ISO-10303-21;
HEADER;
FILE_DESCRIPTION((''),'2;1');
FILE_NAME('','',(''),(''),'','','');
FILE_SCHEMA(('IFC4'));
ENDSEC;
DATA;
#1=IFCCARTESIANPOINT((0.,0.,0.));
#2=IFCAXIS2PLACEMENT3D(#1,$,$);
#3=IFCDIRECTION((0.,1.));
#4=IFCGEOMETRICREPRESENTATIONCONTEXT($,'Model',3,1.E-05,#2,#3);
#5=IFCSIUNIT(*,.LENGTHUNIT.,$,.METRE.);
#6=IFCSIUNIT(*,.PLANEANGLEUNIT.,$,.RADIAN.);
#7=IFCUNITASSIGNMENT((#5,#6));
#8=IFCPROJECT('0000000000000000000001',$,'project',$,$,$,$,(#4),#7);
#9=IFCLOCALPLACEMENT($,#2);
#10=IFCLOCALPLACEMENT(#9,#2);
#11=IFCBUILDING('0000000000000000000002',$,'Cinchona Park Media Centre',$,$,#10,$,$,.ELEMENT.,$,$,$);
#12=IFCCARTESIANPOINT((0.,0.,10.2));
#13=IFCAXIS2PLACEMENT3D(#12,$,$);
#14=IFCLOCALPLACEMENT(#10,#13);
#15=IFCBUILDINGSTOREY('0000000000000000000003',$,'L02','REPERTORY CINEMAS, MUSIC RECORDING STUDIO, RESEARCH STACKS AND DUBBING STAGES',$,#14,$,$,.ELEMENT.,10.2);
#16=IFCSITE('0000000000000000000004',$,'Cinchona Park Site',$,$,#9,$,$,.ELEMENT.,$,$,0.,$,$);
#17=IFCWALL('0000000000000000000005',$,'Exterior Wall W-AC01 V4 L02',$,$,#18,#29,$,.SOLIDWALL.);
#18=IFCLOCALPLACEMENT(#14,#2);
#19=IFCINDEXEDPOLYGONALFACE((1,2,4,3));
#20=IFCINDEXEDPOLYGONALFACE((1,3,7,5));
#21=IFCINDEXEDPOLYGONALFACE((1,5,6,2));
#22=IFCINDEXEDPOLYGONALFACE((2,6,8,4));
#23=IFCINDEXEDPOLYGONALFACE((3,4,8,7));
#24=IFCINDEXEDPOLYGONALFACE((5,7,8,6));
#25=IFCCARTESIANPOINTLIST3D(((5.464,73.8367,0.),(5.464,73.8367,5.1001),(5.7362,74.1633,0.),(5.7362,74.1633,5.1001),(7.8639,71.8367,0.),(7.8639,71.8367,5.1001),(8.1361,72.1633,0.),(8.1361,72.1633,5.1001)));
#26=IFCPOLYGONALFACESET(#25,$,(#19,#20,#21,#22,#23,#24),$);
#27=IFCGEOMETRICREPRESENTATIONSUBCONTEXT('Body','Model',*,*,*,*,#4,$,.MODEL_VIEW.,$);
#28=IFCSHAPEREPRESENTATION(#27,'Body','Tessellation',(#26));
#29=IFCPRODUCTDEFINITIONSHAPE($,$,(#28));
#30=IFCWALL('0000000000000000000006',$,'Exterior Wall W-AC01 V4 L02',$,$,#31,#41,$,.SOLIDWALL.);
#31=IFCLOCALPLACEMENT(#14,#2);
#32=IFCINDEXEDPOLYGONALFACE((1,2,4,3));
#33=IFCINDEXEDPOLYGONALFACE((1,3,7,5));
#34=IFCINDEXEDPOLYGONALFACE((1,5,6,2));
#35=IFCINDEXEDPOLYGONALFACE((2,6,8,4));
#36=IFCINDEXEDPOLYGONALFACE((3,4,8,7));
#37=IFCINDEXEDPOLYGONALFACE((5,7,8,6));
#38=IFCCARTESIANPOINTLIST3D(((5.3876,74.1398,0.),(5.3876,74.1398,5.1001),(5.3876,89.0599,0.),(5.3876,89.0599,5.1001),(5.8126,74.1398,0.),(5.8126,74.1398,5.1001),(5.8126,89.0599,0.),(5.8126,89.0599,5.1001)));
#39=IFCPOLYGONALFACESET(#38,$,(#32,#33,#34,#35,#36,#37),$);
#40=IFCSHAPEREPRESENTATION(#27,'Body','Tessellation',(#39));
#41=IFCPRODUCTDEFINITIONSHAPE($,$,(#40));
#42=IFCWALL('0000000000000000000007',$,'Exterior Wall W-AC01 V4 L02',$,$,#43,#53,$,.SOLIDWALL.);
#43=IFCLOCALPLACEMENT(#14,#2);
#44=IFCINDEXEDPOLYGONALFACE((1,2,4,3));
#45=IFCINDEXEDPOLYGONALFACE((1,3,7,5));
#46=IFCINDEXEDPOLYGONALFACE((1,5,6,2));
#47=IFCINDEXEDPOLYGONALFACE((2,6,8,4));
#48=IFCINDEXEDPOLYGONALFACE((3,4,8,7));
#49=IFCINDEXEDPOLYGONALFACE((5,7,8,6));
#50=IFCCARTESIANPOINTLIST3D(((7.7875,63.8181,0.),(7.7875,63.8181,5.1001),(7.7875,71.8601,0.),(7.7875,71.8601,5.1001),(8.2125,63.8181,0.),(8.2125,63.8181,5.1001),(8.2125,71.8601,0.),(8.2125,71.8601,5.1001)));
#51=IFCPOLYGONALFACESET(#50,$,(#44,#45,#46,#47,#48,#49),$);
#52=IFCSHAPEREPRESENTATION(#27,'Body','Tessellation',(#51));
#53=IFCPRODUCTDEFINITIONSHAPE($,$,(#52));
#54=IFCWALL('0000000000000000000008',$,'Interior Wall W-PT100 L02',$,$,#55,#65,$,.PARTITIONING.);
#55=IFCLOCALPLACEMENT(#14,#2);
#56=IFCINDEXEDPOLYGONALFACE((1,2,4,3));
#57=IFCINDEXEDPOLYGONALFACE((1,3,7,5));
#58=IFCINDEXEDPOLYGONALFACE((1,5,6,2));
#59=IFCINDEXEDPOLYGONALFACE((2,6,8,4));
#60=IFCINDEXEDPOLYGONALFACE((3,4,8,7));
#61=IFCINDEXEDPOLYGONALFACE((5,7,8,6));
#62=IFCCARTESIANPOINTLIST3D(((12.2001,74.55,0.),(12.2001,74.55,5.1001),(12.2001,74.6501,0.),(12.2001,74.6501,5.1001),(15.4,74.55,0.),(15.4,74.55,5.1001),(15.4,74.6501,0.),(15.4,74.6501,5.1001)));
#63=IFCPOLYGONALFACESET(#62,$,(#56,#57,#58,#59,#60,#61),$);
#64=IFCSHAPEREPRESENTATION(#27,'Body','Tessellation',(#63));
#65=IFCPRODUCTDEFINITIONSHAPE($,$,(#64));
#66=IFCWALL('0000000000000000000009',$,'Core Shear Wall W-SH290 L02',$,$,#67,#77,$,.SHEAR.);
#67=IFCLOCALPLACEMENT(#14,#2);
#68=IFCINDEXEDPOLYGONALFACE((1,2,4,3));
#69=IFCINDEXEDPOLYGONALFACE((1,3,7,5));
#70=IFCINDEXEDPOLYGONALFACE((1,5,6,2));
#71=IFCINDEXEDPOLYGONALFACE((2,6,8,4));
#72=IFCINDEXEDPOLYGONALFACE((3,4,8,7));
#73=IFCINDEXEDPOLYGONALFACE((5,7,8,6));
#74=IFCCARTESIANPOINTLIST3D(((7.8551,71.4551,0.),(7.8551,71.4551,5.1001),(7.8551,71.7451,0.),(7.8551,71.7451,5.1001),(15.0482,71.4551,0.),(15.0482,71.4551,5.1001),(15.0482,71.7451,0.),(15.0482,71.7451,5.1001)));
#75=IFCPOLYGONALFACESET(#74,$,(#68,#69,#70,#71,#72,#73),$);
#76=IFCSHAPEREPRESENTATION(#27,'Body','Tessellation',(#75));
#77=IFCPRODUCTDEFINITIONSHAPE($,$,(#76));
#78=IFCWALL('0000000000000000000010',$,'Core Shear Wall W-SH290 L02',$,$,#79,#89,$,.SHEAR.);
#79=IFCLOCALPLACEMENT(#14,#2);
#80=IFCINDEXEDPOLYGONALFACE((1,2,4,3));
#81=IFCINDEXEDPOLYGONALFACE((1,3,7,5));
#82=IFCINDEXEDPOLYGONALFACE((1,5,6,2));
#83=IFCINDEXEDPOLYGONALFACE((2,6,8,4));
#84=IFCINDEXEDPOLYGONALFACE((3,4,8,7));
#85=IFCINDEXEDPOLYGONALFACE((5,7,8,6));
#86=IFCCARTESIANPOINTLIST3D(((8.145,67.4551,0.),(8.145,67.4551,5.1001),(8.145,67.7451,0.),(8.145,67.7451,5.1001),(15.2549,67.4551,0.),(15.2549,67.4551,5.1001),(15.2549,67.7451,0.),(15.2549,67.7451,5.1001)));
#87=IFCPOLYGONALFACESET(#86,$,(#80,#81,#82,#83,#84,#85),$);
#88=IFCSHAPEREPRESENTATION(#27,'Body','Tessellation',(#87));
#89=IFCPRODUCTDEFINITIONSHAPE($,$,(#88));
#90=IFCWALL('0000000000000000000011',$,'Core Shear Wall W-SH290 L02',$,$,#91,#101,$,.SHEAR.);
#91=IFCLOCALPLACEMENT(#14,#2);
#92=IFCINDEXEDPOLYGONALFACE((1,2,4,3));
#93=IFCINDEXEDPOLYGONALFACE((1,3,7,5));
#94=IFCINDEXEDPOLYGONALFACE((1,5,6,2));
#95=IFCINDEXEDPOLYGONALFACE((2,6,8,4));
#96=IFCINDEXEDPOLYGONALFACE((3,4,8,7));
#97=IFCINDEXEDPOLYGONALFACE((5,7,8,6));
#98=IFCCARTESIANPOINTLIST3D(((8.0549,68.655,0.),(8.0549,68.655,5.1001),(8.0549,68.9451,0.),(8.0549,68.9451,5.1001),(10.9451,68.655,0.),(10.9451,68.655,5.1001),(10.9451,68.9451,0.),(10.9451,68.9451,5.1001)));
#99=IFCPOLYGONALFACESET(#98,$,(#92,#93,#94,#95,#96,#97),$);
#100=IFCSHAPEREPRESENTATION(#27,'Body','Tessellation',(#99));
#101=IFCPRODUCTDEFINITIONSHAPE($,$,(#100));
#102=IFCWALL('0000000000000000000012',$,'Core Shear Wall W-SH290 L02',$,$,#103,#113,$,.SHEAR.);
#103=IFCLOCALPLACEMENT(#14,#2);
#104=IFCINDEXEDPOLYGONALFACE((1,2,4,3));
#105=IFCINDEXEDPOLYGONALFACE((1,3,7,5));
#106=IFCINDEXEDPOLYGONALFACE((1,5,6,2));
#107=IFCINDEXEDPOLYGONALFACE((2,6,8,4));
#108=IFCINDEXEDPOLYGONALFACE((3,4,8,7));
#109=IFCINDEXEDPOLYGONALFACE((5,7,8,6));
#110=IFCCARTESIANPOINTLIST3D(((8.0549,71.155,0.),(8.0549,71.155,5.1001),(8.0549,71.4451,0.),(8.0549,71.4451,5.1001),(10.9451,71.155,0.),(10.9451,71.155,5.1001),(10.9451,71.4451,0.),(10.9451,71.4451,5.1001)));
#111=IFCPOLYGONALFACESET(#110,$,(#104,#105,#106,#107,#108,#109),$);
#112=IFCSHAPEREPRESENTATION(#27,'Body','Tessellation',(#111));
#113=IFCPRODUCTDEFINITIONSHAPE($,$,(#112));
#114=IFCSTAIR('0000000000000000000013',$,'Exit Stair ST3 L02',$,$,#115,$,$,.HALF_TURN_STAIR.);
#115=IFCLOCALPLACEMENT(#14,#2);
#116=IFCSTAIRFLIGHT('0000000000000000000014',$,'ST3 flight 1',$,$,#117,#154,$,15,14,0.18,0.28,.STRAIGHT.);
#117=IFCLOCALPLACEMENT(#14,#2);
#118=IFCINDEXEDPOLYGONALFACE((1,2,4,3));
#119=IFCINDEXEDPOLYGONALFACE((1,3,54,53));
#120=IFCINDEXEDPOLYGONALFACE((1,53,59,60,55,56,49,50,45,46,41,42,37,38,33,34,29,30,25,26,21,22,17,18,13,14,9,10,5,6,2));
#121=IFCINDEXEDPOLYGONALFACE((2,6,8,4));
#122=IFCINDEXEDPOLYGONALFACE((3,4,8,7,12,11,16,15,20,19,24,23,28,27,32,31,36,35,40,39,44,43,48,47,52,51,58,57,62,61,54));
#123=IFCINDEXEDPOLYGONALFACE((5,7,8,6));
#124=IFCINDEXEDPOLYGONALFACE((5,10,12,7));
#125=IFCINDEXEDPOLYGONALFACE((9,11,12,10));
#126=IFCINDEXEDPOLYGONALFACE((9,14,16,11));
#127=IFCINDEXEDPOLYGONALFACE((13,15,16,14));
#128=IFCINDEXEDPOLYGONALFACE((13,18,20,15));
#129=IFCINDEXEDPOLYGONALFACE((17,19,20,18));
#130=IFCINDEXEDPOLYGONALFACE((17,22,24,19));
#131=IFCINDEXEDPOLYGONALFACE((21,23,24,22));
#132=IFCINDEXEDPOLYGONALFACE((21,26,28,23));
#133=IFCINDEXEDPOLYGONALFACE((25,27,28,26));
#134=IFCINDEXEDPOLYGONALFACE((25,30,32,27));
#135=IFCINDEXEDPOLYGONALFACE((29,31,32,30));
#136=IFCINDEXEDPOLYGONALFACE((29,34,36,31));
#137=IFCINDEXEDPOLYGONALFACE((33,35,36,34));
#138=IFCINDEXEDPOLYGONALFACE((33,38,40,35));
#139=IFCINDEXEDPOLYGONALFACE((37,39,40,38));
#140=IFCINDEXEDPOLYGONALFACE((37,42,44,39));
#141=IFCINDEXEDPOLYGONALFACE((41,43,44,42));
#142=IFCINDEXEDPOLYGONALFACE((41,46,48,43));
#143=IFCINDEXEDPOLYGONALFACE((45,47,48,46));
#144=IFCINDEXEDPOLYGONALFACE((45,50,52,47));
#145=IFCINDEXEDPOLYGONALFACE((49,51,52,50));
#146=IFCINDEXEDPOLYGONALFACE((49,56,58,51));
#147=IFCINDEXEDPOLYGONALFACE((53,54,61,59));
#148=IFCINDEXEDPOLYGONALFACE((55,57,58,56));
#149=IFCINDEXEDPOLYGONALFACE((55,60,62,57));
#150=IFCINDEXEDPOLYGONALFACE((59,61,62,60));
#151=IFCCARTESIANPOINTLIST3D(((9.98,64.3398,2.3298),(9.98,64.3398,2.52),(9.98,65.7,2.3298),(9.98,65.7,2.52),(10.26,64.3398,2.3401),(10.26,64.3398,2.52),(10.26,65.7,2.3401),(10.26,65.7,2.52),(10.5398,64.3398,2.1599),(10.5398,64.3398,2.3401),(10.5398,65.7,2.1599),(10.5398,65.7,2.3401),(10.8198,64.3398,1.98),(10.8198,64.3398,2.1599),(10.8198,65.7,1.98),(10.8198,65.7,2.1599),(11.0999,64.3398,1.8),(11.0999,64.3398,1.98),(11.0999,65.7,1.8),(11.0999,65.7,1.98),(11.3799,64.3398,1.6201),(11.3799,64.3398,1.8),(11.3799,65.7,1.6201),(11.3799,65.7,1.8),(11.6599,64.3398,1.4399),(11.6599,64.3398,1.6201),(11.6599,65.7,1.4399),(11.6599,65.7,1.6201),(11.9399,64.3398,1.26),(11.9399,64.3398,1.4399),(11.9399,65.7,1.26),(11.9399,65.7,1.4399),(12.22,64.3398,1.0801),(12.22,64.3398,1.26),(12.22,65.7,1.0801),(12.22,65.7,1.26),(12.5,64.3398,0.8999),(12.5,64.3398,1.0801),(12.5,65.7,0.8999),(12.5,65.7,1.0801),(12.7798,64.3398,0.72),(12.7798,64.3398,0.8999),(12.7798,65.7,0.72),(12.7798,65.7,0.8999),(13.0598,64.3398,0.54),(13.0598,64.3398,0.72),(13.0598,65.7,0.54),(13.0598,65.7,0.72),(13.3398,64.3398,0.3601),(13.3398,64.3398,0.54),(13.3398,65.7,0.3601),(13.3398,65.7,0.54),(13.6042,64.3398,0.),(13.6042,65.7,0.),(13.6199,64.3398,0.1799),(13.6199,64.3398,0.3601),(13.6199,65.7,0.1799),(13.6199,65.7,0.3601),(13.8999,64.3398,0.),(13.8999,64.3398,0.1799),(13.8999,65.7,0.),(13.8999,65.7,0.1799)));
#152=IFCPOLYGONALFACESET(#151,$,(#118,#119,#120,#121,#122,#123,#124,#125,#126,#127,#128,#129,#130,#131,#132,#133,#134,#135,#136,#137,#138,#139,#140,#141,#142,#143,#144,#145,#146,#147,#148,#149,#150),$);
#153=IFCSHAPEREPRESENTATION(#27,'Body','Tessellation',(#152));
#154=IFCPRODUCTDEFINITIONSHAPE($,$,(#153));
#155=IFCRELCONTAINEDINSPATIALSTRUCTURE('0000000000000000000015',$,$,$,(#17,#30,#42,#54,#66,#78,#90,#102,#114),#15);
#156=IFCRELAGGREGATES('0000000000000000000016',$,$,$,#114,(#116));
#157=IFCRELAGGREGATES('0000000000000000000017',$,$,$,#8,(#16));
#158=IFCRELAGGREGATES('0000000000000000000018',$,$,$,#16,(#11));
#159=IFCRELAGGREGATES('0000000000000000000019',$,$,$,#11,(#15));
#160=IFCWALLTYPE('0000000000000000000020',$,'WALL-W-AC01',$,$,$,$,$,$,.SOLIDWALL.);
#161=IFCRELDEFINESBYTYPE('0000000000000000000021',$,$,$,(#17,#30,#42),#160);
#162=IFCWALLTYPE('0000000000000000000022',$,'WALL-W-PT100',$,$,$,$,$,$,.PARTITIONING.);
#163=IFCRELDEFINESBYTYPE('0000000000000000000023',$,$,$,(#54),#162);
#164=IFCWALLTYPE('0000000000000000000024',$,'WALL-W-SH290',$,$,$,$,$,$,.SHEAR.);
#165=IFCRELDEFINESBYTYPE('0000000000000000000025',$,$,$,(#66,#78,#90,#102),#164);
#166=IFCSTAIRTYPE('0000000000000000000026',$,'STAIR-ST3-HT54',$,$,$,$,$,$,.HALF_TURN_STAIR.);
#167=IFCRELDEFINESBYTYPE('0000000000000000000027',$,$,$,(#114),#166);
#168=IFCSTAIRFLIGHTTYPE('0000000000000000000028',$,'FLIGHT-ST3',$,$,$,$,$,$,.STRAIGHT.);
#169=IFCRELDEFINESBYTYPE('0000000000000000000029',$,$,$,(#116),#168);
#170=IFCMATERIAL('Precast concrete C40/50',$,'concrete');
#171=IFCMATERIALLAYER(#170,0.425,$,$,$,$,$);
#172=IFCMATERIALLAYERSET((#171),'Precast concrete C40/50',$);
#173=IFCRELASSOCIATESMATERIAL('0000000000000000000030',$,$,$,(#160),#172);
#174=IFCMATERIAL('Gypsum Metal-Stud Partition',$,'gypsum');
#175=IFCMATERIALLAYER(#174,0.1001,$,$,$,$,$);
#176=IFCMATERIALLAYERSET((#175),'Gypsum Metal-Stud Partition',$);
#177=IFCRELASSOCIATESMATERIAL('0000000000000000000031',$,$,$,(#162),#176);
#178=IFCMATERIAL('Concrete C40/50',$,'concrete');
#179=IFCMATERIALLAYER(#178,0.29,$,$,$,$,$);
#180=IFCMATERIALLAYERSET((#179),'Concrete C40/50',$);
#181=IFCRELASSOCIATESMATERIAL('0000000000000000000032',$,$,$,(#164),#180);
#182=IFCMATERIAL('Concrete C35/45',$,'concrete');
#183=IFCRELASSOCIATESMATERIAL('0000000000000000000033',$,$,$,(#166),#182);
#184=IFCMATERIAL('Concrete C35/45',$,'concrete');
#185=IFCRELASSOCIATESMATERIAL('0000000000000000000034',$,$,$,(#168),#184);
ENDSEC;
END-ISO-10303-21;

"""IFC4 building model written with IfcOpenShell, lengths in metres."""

from ifc_helpers import new_model, si_unit, direction, frame, frame_2d, origin, place, context, subcontext, project, spatial, polyline, rectangle, outline, extrude, material, layer, layer_set, type_object, element, aggregate, save


model = new_model("IFC4")

# Units and contexts
model_context = context("Model", 3, precision=1e-05, world=origin(), true_north=direction((0.0, 1.0)))
body_context = subcontext(model_context, "Body", "Model", "MODEL_VIEW")
ifc_project = project(units=[si_unit("LENGTHUNIT", "METRE"), si_unit("PLANEANGLEUNIT", "RADIAN")], contexts=[model_context])

# Site, building, storey
site_placement = place(None, origin())
site = spatial("IfcSite", under=ifc_project, at=site_placement, Name="Cinchona Park Site", CompositionType="ELEMENT", RefElevation=0.0)
building_placement = place(site_placement, origin())
building = spatial("IfcBuilding", under=site, at=building_placement, Name="Cinchona Park Media Centre", CompositionType="ELEMENT")
storey_placement = place(building_placement, frame((0.0, 0.0, 10.2)))
storey = spatial("IfcBuildingStorey", under=building, at=storey_placement, Name="L02", Description="REPERTORY CINEMAS, MUSIC RECORDING STUDIO, RESEARCH STACKS AND DUBBING STAGES", CompositionType="ELEMENT", Elevation=10.2)

# Walls
ifc_material_1 = material(Name="Precast concrete C40/50", Category="concrete")
ifc_layer_1 = layer(ifc_material_1, 0.425)
ifc_layer_set_1 = layer_set([ifc_layer_1], Name="Precast concrete C40/50")
wall_type_1 = type_object("IfcWallType", Name="WALL-W-AC01", PredefinedType="SOLIDWALL", material=ifc_layer_set_1)
wall_1_placement = place(storey_placement, frame((8.0, 72.0, 0.0), z_axis=(0.0, 0.0, 1.0), x_axis=(-0.768208, 0.6402, 0.0)))
element("IfcWall", 1, at=wall_1_placement, inside=storey, type_object=wall_type_1, Name="Exterior Wall W-AC01 V4 L02", PredefinedType="SOLIDWALL", context=body_context, shape_type="SweptSolid", body=[
    extrude(rectangle(XDim=3.124, YDim=0.425, at=frame_2d((1.562, 0.0))), origin(), (0.0, 0.0, 1.0), 5.1001),
])
wall_2_placement = place(storey_placement, frame((5.6001, 74.1399, 0.0), z_axis=(0.0, 0.0, 1.0), x_axis=(0.0, 1.0, 0.0)))
element("IfcWall", 2, at=wall_2_placement, inside=storey, type_object=wall_type_1, Name="Exterior Wall W-AC01 V4 L02", PredefinedType="SOLIDWALL", context=body_context, shape_type="SweptSolid", body=[
    extrude(rectangle(XDim=14.9202, YDim=0.425, at=frame_2d((7.46, 0.0))), origin(), (0.0, 0.0, 1.0), 5.1001),
])
wall_3_placement = place(storey_placement, frame((8.0, 63.8181, 0.0), z_axis=(0.0, 0.0, 1.0), x_axis=(0.0, 1.0, 0.0)))
element("IfcWall", 3, at=wall_3_placement, inside=storey, type_object=wall_type_1, Name="Exterior Wall W-AC01 V4 L02", PredefinedType="SOLIDWALL", context=body_context, shape_type="SweptSolid", body=[
    extrude(rectangle(XDim=8.042, YDim=0.425, at=frame_2d((4.021, 0.0))), origin(), (0.0, 0.0, 1.0), 5.1001),
])
ifc_material_2 = material(Name="Gypsum Metal-Stud Partition", Category="gypsum")
ifc_layer_2 = layer(ifc_material_2, 0.1001)
ifc_layer_set_2 = layer_set([ifc_layer_2], Name="Gypsum Metal-Stud Partition")
wall_type_2 = type_object("IfcWallType", Name="WALL-W-PT100", PredefinedType="PARTITIONING", material=ifc_layer_set_2)
wall_4_placement = place(storey_placement, frame((12.2, 74.6001, 0.0), z_axis=(0.0, 0.0, 1.0), x_axis=(1.0, 0.0, 0.0)))
element("IfcWall", 4, at=wall_4_placement, inside=storey, type_object=wall_type_2, Name="Interior Wall W-PT100 L02", PredefinedType="PARTITIONING", context=body_context, shape_type="SweptSolid", body=[
    extrude(rectangle(XDim=3.2, YDim=0.1001, at=frame_2d((1.6001, 0.0))), origin(), (0.0, 0.0, 1.0), 5.1001),
])
ifc_material_3 = material(Name="Concrete C40/50", Category="concrete")
ifc_layer_3 = layer(ifc_material_3, 0.29)
ifc_layer_set_3 = layer_set([ifc_layer_3], Name="Concrete C40/50")
wall_type_3 = type_object("IfcWallType", Name="WALL-W-SH290", PredefinedType="SHEAR", material=ifc_layer_set_3)
wall_5_placement = place(storey_placement, frame((7.855, 71.6001, 0.0), z_axis=(0.0, 0.0, 1.0), x_axis=(1.0, 0.0, 0.0)))
element("IfcWall", 5, at=wall_5_placement, inside=storey, type_object=wall_type_3, Name="Core Shear Wall W-SH290 L02", PredefinedType="SHEAR", context=body_context, shape_type="SweptSolid", body=[
    extrude(rectangle(XDim=7.1931, YDim=0.29, at=frame_2d((3.5967, 0.0))), origin(), (0.0, 0.0, 1.0), 5.1001),
])
wall_6_placement = place(storey_placement, frame((8.145, 67.6001, 0.0), z_axis=(0.0, 0.0, 1.0), x_axis=(1.0, 0.0, 0.0)))
element("IfcWall", 6, at=wall_6_placement, inside=storey, type_object=wall_type_3, Name="Core Shear Wall W-SH290 L02", PredefinedType="SHEAR", context=body_context, shape_type="SweptSolid", body=[
    extrude(rectangle(XDim=7.1099, YDim=0.29, at=frame_2d((3.5549, 0.0))), origin(), (0.0, 0.0, 1.0), 5.1001),
])
for number, where, z_axis, x_axis, name in (
    (7, (8.0549, 68.8, 0.0), (0.0, 0.0, 1.0), (1.0, 0.0, 0.0), "Core Shear Wall W-SH290 L02"),
    (8, (8.0549, 71.3, 0.0), (0.0, 0.0, 1.0), (1.0, 0.0, 0.0), "Core Shear Wall W-SH290 L02"),
):
    element("IfcWall", number, at=place(storey_placement, frame(where, z_axis=z_axis, x_axis=x_axis)), inside=storey, type_object=wall_type_3, Name=name, PredefinedType="SHEAR", context=body_context, shape_type="SweptSolid", body=[
        extrude(rectangle(XDim=2.8901, YDim=0.29, at=frame_2d((1.4451, 0.0))), origin(), (0.0, 0.0, 1.0), 5.1001),
    ])

# Stair, stair flight
ifc_material_4 = material(Name="Concrete C35/45", Category="concrete")
stair_type = type_object("IfcStairType", Name="STAIR-ST3-HT54", PredefinedType="HALF_TURN_STAIR", material=ifc_material_4)
stair_placement = place(storey_placement, origin())
stair = element("IfcStair", 9, at=stair_placement, inside=storey, type_object=stair_type, Name="Exit Stair ST3 L02", PredefinedType="HALF_TURN_STAIR")
ifc_material_5 = material(Name="Concrete C35/45", Category="concrete")
stair_flight_type = type_object("IfcStairFlightType", Name="FLIGHT-ST3", PredefinedType="STRAIGHT", material=ifc_material_5)
stair_flight_1_placement = place(storey_placement, frame((13.8999, 65.02, 0.0), z_axis=(0.0, 0.0, 1.0), x_axis=(-1.0, 0.0, 0.0)))
stair_flight_1 = element("IfcStairFlight", 10, at=stair_flight_1_placement, type_object=stair_flight_type, Name="ST3 flight 1", NumberOfRisers=15, NumberOfTreads=14, PredefinedType="STRAIGHT", RiserHeight=0.18, TreadLength=0.28, context=body_context, shape_type="SweptSolid", body=[
    extrude(outline(polyline([(0.0, 0.0), (0.0, 0.1799), (0.28, 0.1799), (0.28, 0.3601), (0.5601, 0.3601), (0.5601, 0.54), (0.8401, 0.54), (0.8401, 0.72), (1.1201, 0.72), (1.1201, 0.8999), (1.3999, 0.8999), (1.3999, 1.0801), (1.6799, 1.0801), (1.6799, 1.26), (1.96, 1.26), (1.96, 1.4399), (2.24, 1.4399), (2.24, 1.6201), (2.52, 1.6201), (2.52, 1.8), (2.8, 1.8), (2.8, 1.98), (3.0801, 1.98), (3.0801, 2.1599), (3.3601, 2.1599), (3.3601, 2.3401), (3.6399, 2.3401), (3.6399, 2.52), (3.9199, 2.52), (3.9199, 2.7), (3.9199, 2.3298), (0.2957, 0.0), (0.0, 0.0)])), frame((0.0, 0.6802, 0.0), z_axis=(0.0, -1.0, 0.0), x_axis=(1.0, 0.0, 0.0)), (0.0, 0.0, 1.0), 1.3601),
])
aggregate(stair, [stair_flight_1])

save(model, "model.ifc")
